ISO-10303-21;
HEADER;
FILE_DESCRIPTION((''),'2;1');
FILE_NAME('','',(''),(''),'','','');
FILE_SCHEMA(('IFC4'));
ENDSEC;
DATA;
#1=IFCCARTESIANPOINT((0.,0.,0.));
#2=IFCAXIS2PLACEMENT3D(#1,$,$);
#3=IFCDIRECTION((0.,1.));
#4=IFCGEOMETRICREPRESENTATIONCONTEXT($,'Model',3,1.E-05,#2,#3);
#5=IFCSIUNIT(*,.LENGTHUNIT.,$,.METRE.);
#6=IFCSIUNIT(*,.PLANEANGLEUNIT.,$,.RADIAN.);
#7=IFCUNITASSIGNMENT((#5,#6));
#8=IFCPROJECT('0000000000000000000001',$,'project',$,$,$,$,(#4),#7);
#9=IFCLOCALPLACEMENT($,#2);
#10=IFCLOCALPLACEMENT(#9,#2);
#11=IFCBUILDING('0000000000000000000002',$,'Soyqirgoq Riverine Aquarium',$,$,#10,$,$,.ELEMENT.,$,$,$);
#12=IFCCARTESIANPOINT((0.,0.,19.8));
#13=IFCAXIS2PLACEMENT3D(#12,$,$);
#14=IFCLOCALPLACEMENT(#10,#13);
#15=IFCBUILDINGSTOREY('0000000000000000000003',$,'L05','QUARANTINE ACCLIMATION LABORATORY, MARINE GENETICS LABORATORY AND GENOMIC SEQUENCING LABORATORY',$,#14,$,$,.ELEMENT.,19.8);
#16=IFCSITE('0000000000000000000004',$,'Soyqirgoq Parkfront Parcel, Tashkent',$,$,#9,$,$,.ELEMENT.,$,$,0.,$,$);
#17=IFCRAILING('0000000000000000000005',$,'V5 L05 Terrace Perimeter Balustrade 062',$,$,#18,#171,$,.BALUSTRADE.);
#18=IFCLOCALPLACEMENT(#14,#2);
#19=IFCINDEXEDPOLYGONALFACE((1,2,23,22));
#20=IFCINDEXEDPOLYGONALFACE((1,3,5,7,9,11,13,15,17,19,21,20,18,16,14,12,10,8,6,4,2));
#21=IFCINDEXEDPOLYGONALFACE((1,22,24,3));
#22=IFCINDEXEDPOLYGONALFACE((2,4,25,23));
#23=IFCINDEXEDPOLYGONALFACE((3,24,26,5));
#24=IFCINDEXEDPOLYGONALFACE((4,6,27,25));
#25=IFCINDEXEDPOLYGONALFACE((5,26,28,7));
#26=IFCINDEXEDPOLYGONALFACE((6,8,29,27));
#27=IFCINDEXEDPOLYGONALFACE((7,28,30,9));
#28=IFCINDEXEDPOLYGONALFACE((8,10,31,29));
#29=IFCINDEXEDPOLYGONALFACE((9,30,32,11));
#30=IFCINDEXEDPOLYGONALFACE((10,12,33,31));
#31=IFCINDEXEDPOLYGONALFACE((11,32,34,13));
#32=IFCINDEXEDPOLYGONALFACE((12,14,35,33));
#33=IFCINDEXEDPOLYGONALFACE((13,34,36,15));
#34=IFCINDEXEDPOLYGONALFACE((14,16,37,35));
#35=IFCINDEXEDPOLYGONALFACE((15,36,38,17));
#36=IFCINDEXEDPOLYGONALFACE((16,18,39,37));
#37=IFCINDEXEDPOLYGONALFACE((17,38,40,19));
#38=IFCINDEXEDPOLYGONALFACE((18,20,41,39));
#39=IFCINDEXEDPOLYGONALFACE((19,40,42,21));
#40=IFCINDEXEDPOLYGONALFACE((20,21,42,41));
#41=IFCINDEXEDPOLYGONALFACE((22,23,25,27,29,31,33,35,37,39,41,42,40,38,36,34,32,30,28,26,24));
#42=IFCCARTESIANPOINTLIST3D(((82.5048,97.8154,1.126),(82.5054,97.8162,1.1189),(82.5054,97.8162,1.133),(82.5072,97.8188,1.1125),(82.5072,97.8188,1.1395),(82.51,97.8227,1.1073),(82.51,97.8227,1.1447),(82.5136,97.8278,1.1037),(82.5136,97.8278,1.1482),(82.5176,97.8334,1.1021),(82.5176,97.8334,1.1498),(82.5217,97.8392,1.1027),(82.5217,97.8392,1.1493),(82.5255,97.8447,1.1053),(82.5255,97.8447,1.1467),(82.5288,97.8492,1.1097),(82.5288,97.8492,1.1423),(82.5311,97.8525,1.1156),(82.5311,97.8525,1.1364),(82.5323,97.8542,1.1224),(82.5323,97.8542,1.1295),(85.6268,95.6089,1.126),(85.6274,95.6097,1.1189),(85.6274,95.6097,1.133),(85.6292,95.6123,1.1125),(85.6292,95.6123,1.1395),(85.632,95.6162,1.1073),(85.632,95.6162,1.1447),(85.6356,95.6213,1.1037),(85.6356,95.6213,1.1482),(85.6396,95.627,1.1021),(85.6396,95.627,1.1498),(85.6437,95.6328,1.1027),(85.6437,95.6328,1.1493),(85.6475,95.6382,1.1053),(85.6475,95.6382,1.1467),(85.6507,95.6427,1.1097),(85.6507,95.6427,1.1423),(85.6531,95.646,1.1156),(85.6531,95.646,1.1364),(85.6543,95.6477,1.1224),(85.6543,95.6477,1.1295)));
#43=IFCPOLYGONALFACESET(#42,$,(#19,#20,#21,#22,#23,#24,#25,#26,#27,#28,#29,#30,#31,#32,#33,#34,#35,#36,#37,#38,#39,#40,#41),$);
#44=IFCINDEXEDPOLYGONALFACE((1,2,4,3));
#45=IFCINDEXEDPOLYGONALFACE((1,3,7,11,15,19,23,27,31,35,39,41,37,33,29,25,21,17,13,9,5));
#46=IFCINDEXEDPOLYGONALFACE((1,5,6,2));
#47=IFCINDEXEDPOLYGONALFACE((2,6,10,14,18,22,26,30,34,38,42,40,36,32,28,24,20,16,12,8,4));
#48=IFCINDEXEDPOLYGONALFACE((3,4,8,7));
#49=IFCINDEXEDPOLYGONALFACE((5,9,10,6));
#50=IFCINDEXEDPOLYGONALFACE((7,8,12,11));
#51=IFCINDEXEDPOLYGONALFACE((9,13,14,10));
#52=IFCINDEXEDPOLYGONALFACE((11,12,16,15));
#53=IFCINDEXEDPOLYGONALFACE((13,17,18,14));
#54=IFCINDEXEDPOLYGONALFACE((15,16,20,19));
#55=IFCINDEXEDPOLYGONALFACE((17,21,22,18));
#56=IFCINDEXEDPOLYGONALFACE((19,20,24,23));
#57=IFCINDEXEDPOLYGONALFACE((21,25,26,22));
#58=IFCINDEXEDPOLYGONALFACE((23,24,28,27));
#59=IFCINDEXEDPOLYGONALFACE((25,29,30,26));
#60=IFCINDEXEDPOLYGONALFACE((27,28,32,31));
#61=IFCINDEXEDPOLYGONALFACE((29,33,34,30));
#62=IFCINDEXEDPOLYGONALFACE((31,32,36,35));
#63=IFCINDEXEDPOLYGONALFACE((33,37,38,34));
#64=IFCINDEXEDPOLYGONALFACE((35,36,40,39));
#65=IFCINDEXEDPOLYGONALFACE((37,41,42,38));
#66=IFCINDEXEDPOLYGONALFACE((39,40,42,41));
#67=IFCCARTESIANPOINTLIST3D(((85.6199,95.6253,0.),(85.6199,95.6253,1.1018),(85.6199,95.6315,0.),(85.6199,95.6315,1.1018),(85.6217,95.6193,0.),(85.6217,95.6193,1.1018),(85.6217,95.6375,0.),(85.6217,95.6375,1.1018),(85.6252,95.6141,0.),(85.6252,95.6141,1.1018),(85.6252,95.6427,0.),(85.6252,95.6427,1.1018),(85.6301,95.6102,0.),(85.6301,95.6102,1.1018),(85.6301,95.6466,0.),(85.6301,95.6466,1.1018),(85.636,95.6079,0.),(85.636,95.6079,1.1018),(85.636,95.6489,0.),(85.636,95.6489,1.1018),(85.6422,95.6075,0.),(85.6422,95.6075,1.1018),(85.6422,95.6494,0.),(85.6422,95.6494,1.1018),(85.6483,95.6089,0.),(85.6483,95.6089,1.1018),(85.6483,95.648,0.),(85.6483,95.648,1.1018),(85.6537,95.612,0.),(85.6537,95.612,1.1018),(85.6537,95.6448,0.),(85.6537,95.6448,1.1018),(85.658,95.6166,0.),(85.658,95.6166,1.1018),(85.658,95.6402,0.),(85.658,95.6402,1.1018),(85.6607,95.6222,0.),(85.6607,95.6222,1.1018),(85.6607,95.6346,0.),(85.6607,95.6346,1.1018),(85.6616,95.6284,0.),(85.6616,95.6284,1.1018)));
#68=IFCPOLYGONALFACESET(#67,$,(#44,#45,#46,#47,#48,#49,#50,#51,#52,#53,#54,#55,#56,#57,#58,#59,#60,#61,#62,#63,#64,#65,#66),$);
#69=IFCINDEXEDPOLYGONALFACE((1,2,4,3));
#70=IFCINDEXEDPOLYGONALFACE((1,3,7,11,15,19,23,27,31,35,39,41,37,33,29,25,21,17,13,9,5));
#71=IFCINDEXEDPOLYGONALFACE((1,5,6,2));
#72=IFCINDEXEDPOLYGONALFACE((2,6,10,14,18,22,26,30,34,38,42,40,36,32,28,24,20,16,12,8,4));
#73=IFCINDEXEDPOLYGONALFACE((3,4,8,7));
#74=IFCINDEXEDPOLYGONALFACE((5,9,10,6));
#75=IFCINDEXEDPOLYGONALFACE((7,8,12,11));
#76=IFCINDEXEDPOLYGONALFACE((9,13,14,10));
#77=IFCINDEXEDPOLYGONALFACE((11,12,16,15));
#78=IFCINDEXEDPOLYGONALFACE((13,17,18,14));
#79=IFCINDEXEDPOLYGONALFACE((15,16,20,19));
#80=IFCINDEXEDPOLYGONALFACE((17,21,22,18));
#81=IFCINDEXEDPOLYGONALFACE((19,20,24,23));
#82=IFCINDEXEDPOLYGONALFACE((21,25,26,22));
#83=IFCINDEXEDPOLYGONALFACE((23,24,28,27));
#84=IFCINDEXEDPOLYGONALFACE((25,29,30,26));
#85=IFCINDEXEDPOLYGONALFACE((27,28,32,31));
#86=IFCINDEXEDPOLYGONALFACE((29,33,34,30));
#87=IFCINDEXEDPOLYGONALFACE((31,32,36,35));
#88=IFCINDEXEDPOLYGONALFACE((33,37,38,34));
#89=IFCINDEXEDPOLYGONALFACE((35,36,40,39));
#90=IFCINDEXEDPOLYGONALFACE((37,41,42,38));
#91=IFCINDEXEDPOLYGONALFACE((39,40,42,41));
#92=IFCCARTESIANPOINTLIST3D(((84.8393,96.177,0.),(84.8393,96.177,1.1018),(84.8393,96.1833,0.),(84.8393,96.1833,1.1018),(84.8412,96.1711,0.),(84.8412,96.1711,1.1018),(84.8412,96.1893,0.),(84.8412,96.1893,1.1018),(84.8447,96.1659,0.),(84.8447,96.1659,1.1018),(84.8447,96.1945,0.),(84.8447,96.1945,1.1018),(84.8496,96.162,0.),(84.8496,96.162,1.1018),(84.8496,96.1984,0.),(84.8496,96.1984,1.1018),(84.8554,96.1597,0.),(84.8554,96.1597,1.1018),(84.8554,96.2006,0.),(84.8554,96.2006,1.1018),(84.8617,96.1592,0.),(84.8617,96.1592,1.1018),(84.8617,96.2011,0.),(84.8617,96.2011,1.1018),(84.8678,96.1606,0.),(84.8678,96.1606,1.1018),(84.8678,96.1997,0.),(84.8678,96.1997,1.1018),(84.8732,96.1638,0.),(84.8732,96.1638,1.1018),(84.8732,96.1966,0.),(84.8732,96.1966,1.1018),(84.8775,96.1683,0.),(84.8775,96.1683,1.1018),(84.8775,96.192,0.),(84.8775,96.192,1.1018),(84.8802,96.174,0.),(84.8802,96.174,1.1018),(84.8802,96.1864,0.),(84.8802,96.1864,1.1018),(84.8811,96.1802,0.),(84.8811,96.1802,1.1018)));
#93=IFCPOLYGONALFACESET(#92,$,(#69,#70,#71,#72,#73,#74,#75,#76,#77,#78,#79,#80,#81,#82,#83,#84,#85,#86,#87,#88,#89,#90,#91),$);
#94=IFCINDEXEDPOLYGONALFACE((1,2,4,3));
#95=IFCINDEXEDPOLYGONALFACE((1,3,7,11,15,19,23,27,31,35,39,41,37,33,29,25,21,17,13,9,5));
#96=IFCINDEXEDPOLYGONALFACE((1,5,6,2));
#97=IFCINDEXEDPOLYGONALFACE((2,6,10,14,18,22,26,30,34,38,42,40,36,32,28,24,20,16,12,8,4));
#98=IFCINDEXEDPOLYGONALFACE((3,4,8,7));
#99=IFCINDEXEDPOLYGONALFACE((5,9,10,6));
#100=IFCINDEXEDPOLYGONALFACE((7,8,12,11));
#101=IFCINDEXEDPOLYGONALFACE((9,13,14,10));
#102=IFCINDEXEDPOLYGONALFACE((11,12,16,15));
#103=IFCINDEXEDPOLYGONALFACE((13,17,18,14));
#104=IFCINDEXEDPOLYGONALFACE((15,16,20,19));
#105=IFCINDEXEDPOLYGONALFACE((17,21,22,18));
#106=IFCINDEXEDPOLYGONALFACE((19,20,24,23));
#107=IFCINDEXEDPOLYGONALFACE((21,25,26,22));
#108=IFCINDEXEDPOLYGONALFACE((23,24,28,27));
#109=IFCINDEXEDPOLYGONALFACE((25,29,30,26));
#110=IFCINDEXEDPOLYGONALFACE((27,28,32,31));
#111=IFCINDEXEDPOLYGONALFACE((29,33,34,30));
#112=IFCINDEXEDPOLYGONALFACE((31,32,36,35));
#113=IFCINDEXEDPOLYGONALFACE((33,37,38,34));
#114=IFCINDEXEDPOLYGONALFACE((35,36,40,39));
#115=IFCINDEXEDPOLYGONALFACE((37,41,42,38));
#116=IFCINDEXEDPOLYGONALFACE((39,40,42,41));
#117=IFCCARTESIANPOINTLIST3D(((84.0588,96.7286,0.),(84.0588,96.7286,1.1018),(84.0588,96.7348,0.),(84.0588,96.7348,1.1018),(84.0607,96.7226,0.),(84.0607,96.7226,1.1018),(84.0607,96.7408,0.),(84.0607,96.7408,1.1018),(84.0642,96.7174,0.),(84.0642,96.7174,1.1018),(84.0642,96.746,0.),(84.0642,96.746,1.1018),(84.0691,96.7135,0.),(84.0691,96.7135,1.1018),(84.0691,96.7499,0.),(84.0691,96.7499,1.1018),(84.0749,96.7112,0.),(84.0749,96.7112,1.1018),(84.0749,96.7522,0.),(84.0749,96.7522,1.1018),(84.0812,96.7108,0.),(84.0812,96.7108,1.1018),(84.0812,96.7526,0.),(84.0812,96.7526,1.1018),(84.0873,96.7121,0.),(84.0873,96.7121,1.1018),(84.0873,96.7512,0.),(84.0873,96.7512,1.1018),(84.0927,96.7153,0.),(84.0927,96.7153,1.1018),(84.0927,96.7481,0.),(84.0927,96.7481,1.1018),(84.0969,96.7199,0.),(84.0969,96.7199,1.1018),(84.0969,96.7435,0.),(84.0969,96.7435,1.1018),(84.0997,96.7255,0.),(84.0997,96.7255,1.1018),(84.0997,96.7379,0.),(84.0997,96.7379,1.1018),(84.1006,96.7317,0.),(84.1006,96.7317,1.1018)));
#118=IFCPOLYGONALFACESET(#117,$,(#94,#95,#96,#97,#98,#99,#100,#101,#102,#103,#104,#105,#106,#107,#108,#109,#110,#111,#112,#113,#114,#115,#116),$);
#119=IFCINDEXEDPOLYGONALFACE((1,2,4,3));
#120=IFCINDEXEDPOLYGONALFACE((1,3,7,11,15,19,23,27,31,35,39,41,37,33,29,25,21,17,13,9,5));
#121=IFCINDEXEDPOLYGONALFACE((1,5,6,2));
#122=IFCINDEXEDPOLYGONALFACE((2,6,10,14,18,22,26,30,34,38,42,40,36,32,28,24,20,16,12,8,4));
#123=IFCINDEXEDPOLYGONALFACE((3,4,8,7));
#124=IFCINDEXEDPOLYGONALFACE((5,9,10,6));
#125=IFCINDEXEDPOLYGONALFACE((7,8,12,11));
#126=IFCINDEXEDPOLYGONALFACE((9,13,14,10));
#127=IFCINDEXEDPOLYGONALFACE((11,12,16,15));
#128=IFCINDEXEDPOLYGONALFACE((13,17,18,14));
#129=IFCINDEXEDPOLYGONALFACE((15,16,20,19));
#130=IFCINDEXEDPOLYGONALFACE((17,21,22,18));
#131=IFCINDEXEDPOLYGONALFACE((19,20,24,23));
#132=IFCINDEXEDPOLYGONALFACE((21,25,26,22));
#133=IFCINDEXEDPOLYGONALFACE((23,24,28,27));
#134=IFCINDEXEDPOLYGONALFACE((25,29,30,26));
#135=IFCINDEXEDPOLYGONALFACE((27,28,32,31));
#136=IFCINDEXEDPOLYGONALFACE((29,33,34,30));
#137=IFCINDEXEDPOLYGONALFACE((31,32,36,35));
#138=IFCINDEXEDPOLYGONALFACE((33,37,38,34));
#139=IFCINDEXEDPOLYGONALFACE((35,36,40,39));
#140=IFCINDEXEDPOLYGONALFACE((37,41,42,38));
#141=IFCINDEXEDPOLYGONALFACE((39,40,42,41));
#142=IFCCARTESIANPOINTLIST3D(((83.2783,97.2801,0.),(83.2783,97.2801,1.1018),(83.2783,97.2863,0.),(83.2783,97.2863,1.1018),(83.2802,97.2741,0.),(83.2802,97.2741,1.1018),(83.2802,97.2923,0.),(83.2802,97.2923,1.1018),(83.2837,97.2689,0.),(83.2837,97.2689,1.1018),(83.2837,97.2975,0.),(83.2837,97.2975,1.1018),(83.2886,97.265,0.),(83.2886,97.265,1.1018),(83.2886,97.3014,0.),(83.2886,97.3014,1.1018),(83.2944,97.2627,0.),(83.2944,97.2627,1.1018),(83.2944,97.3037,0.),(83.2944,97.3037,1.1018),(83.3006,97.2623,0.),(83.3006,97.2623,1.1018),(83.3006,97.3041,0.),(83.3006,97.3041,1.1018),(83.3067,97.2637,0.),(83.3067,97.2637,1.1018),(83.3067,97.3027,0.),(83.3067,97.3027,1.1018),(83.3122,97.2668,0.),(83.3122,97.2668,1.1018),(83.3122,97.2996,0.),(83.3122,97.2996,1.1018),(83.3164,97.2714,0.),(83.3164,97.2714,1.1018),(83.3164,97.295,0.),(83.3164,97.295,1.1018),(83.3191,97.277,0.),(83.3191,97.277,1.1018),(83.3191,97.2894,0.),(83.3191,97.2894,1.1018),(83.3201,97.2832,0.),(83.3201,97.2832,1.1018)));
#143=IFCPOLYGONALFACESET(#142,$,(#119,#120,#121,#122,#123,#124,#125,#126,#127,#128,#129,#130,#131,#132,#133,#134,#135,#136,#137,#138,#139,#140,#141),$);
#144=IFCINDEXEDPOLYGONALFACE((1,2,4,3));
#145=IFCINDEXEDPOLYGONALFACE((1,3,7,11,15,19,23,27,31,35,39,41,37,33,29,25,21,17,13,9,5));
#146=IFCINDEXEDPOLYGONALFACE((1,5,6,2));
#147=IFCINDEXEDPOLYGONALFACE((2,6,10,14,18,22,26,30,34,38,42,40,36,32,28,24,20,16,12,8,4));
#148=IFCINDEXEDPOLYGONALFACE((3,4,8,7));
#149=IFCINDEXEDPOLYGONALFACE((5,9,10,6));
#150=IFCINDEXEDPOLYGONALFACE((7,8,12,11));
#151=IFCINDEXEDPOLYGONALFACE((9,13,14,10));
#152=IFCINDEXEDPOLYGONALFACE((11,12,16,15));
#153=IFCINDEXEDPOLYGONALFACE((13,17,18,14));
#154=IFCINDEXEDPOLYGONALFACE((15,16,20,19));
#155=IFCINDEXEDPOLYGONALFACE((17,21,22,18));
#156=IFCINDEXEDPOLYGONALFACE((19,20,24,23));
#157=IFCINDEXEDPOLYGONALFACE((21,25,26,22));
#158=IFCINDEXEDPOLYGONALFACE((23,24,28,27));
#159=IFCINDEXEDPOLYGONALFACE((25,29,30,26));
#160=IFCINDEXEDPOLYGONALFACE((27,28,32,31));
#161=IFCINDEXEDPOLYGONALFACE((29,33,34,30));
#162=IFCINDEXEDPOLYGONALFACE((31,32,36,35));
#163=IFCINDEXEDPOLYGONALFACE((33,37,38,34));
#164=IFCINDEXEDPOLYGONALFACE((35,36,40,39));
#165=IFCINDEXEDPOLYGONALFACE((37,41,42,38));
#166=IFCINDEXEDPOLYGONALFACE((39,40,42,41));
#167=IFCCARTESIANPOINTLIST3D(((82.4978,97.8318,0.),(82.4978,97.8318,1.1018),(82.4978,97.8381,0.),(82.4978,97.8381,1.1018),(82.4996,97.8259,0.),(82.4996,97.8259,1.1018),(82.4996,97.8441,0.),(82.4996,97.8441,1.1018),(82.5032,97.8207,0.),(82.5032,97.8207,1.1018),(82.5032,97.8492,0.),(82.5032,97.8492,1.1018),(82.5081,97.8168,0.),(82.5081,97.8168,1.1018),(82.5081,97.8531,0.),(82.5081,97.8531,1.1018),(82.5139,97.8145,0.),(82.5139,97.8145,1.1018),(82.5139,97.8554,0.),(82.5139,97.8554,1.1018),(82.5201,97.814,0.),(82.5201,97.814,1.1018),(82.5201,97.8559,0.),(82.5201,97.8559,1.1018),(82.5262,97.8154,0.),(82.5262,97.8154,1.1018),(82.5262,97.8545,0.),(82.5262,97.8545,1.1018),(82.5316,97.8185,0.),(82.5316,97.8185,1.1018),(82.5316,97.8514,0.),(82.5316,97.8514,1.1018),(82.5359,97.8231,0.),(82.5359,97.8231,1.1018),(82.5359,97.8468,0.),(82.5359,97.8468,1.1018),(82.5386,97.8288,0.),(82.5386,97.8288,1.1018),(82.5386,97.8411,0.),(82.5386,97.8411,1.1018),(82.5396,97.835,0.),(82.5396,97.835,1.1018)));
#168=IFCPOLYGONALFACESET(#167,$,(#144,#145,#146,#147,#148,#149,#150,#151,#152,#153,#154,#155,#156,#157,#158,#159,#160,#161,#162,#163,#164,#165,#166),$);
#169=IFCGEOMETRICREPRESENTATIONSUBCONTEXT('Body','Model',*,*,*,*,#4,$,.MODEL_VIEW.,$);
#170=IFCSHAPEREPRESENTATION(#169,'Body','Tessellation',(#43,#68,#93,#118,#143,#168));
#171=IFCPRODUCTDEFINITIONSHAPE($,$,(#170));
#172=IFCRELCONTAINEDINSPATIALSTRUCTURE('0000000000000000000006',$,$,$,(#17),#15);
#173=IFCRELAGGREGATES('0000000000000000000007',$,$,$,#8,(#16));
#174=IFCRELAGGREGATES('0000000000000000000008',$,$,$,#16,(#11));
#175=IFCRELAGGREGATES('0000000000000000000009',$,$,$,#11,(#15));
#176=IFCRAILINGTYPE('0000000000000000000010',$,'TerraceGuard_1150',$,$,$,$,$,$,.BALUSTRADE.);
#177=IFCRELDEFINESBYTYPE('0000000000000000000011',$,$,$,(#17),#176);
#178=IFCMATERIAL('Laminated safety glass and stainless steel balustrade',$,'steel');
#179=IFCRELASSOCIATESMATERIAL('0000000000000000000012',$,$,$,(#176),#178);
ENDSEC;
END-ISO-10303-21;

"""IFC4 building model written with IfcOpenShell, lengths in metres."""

from ifc_helpers import new_model, si_unit, direction, frame, origin, origin_2d, place, context, subcontext, project, spatial, circle, extrude, material, type_object, element, save


model = new_model("IFC4")

# Units and contexts
model_context = context("Model", 3, precision=1e-05, world=origin(), true_north=direction((0.0, 1.0)))
body_context = subcontext(model_context, "Body", "Model", "MODEL_VIEW")
ifc_project = project(units=[si_unit("LENGTHUNIT", "METRE"), si_unit("PLANEANGLEUNIT", "RADIAN")], contexts=[model_context])

# Site, building, storey
site_placement = place(None, origin())
site = spatial("IfcSite", under=ifc_project, at=site_placement, Name="Soyqirgoq Parkfront Parcel, Tashkent", CompositionType="ELEMENT", RefElevation=0.0)
building_placement = place(site_placement, origin())
building = spatial("IfcBuilding", under=site, at=building_placement, Name="Soyqirgoq Riverine Aquarium", CompositionType="ELEMENT")
storey_placement = place(building_placement, frame((0.0, 0.0, 19.8)))
storey = spatial("IfcBuildingStorey", under=building, at=storey_placement, Name="L05", Description="QUARANTINE ACCLIMATION LABORATORY, MARINE GENETICS LABORATORY AND GENOMIC SEQUENCING LABORATORY", CompositionType="ELEMENT", Elevation=19.8)

# Railing
ifc_material_1 = material(Name="Laminated safety glass and stainless steel balustrade", Category="steel")
railing_type = type_object("IfcRailingType", Name="TerraceGuard_1150", PredefinedType="BALUSTRADE", material=ifc_material_1)
railing_1_placement = place(storey_placement, frame((85.6406, 95.6284, 0.0)))
element("IfcRailing", 1, at=railing_1_placement, inside=storey, type_object=railing_type, Name="V5 L05 Terrace Perimeter Balustrade 062", PredefinedType="BALUSTRADE", context=body_context, shape_type="SweptSolid", body=[
    extrude(circle(Radius=0.0239, at=origin_2d()), frame((0.0, 0.0, 1.126), z_axis=(-0.816631, 0.577159, 0.0), x_axis=(-0.577159, -0.816631, 0.0)), (0.0, 0.0, 1.0), 3.823),
    extrude(circle(Radius=0.021, at=origin_2d()), origin(), (0.0, 0.0, 1.0), 1.1018),
    extrude(circle(Radius=0.021, at=origin_2d()), frame((-0.7805, 0.5518, 0.0)), (0.0, 0.0, 1.0), 1.1018),
    extrude(circle(Radius=0.021, at=origin_2d()), frame((-1.561, 1.1033, 0.0)), (0.0, 0.0, 1.0), 1.1018),
    extrude(circle(Radius=0.021, at=origin_2d()), frame((-2.3416, 1.6548, 0.0)), (0.0, 0.0, 1.0), 1.1018),
    extrude(circle(Radius=0.021, at=origin_2d()), frame((-3.1221, 2.2065, 0.0)), (0.0, 0.0, 1.0), 1.1018),
])

save(model, "model.ifc")
